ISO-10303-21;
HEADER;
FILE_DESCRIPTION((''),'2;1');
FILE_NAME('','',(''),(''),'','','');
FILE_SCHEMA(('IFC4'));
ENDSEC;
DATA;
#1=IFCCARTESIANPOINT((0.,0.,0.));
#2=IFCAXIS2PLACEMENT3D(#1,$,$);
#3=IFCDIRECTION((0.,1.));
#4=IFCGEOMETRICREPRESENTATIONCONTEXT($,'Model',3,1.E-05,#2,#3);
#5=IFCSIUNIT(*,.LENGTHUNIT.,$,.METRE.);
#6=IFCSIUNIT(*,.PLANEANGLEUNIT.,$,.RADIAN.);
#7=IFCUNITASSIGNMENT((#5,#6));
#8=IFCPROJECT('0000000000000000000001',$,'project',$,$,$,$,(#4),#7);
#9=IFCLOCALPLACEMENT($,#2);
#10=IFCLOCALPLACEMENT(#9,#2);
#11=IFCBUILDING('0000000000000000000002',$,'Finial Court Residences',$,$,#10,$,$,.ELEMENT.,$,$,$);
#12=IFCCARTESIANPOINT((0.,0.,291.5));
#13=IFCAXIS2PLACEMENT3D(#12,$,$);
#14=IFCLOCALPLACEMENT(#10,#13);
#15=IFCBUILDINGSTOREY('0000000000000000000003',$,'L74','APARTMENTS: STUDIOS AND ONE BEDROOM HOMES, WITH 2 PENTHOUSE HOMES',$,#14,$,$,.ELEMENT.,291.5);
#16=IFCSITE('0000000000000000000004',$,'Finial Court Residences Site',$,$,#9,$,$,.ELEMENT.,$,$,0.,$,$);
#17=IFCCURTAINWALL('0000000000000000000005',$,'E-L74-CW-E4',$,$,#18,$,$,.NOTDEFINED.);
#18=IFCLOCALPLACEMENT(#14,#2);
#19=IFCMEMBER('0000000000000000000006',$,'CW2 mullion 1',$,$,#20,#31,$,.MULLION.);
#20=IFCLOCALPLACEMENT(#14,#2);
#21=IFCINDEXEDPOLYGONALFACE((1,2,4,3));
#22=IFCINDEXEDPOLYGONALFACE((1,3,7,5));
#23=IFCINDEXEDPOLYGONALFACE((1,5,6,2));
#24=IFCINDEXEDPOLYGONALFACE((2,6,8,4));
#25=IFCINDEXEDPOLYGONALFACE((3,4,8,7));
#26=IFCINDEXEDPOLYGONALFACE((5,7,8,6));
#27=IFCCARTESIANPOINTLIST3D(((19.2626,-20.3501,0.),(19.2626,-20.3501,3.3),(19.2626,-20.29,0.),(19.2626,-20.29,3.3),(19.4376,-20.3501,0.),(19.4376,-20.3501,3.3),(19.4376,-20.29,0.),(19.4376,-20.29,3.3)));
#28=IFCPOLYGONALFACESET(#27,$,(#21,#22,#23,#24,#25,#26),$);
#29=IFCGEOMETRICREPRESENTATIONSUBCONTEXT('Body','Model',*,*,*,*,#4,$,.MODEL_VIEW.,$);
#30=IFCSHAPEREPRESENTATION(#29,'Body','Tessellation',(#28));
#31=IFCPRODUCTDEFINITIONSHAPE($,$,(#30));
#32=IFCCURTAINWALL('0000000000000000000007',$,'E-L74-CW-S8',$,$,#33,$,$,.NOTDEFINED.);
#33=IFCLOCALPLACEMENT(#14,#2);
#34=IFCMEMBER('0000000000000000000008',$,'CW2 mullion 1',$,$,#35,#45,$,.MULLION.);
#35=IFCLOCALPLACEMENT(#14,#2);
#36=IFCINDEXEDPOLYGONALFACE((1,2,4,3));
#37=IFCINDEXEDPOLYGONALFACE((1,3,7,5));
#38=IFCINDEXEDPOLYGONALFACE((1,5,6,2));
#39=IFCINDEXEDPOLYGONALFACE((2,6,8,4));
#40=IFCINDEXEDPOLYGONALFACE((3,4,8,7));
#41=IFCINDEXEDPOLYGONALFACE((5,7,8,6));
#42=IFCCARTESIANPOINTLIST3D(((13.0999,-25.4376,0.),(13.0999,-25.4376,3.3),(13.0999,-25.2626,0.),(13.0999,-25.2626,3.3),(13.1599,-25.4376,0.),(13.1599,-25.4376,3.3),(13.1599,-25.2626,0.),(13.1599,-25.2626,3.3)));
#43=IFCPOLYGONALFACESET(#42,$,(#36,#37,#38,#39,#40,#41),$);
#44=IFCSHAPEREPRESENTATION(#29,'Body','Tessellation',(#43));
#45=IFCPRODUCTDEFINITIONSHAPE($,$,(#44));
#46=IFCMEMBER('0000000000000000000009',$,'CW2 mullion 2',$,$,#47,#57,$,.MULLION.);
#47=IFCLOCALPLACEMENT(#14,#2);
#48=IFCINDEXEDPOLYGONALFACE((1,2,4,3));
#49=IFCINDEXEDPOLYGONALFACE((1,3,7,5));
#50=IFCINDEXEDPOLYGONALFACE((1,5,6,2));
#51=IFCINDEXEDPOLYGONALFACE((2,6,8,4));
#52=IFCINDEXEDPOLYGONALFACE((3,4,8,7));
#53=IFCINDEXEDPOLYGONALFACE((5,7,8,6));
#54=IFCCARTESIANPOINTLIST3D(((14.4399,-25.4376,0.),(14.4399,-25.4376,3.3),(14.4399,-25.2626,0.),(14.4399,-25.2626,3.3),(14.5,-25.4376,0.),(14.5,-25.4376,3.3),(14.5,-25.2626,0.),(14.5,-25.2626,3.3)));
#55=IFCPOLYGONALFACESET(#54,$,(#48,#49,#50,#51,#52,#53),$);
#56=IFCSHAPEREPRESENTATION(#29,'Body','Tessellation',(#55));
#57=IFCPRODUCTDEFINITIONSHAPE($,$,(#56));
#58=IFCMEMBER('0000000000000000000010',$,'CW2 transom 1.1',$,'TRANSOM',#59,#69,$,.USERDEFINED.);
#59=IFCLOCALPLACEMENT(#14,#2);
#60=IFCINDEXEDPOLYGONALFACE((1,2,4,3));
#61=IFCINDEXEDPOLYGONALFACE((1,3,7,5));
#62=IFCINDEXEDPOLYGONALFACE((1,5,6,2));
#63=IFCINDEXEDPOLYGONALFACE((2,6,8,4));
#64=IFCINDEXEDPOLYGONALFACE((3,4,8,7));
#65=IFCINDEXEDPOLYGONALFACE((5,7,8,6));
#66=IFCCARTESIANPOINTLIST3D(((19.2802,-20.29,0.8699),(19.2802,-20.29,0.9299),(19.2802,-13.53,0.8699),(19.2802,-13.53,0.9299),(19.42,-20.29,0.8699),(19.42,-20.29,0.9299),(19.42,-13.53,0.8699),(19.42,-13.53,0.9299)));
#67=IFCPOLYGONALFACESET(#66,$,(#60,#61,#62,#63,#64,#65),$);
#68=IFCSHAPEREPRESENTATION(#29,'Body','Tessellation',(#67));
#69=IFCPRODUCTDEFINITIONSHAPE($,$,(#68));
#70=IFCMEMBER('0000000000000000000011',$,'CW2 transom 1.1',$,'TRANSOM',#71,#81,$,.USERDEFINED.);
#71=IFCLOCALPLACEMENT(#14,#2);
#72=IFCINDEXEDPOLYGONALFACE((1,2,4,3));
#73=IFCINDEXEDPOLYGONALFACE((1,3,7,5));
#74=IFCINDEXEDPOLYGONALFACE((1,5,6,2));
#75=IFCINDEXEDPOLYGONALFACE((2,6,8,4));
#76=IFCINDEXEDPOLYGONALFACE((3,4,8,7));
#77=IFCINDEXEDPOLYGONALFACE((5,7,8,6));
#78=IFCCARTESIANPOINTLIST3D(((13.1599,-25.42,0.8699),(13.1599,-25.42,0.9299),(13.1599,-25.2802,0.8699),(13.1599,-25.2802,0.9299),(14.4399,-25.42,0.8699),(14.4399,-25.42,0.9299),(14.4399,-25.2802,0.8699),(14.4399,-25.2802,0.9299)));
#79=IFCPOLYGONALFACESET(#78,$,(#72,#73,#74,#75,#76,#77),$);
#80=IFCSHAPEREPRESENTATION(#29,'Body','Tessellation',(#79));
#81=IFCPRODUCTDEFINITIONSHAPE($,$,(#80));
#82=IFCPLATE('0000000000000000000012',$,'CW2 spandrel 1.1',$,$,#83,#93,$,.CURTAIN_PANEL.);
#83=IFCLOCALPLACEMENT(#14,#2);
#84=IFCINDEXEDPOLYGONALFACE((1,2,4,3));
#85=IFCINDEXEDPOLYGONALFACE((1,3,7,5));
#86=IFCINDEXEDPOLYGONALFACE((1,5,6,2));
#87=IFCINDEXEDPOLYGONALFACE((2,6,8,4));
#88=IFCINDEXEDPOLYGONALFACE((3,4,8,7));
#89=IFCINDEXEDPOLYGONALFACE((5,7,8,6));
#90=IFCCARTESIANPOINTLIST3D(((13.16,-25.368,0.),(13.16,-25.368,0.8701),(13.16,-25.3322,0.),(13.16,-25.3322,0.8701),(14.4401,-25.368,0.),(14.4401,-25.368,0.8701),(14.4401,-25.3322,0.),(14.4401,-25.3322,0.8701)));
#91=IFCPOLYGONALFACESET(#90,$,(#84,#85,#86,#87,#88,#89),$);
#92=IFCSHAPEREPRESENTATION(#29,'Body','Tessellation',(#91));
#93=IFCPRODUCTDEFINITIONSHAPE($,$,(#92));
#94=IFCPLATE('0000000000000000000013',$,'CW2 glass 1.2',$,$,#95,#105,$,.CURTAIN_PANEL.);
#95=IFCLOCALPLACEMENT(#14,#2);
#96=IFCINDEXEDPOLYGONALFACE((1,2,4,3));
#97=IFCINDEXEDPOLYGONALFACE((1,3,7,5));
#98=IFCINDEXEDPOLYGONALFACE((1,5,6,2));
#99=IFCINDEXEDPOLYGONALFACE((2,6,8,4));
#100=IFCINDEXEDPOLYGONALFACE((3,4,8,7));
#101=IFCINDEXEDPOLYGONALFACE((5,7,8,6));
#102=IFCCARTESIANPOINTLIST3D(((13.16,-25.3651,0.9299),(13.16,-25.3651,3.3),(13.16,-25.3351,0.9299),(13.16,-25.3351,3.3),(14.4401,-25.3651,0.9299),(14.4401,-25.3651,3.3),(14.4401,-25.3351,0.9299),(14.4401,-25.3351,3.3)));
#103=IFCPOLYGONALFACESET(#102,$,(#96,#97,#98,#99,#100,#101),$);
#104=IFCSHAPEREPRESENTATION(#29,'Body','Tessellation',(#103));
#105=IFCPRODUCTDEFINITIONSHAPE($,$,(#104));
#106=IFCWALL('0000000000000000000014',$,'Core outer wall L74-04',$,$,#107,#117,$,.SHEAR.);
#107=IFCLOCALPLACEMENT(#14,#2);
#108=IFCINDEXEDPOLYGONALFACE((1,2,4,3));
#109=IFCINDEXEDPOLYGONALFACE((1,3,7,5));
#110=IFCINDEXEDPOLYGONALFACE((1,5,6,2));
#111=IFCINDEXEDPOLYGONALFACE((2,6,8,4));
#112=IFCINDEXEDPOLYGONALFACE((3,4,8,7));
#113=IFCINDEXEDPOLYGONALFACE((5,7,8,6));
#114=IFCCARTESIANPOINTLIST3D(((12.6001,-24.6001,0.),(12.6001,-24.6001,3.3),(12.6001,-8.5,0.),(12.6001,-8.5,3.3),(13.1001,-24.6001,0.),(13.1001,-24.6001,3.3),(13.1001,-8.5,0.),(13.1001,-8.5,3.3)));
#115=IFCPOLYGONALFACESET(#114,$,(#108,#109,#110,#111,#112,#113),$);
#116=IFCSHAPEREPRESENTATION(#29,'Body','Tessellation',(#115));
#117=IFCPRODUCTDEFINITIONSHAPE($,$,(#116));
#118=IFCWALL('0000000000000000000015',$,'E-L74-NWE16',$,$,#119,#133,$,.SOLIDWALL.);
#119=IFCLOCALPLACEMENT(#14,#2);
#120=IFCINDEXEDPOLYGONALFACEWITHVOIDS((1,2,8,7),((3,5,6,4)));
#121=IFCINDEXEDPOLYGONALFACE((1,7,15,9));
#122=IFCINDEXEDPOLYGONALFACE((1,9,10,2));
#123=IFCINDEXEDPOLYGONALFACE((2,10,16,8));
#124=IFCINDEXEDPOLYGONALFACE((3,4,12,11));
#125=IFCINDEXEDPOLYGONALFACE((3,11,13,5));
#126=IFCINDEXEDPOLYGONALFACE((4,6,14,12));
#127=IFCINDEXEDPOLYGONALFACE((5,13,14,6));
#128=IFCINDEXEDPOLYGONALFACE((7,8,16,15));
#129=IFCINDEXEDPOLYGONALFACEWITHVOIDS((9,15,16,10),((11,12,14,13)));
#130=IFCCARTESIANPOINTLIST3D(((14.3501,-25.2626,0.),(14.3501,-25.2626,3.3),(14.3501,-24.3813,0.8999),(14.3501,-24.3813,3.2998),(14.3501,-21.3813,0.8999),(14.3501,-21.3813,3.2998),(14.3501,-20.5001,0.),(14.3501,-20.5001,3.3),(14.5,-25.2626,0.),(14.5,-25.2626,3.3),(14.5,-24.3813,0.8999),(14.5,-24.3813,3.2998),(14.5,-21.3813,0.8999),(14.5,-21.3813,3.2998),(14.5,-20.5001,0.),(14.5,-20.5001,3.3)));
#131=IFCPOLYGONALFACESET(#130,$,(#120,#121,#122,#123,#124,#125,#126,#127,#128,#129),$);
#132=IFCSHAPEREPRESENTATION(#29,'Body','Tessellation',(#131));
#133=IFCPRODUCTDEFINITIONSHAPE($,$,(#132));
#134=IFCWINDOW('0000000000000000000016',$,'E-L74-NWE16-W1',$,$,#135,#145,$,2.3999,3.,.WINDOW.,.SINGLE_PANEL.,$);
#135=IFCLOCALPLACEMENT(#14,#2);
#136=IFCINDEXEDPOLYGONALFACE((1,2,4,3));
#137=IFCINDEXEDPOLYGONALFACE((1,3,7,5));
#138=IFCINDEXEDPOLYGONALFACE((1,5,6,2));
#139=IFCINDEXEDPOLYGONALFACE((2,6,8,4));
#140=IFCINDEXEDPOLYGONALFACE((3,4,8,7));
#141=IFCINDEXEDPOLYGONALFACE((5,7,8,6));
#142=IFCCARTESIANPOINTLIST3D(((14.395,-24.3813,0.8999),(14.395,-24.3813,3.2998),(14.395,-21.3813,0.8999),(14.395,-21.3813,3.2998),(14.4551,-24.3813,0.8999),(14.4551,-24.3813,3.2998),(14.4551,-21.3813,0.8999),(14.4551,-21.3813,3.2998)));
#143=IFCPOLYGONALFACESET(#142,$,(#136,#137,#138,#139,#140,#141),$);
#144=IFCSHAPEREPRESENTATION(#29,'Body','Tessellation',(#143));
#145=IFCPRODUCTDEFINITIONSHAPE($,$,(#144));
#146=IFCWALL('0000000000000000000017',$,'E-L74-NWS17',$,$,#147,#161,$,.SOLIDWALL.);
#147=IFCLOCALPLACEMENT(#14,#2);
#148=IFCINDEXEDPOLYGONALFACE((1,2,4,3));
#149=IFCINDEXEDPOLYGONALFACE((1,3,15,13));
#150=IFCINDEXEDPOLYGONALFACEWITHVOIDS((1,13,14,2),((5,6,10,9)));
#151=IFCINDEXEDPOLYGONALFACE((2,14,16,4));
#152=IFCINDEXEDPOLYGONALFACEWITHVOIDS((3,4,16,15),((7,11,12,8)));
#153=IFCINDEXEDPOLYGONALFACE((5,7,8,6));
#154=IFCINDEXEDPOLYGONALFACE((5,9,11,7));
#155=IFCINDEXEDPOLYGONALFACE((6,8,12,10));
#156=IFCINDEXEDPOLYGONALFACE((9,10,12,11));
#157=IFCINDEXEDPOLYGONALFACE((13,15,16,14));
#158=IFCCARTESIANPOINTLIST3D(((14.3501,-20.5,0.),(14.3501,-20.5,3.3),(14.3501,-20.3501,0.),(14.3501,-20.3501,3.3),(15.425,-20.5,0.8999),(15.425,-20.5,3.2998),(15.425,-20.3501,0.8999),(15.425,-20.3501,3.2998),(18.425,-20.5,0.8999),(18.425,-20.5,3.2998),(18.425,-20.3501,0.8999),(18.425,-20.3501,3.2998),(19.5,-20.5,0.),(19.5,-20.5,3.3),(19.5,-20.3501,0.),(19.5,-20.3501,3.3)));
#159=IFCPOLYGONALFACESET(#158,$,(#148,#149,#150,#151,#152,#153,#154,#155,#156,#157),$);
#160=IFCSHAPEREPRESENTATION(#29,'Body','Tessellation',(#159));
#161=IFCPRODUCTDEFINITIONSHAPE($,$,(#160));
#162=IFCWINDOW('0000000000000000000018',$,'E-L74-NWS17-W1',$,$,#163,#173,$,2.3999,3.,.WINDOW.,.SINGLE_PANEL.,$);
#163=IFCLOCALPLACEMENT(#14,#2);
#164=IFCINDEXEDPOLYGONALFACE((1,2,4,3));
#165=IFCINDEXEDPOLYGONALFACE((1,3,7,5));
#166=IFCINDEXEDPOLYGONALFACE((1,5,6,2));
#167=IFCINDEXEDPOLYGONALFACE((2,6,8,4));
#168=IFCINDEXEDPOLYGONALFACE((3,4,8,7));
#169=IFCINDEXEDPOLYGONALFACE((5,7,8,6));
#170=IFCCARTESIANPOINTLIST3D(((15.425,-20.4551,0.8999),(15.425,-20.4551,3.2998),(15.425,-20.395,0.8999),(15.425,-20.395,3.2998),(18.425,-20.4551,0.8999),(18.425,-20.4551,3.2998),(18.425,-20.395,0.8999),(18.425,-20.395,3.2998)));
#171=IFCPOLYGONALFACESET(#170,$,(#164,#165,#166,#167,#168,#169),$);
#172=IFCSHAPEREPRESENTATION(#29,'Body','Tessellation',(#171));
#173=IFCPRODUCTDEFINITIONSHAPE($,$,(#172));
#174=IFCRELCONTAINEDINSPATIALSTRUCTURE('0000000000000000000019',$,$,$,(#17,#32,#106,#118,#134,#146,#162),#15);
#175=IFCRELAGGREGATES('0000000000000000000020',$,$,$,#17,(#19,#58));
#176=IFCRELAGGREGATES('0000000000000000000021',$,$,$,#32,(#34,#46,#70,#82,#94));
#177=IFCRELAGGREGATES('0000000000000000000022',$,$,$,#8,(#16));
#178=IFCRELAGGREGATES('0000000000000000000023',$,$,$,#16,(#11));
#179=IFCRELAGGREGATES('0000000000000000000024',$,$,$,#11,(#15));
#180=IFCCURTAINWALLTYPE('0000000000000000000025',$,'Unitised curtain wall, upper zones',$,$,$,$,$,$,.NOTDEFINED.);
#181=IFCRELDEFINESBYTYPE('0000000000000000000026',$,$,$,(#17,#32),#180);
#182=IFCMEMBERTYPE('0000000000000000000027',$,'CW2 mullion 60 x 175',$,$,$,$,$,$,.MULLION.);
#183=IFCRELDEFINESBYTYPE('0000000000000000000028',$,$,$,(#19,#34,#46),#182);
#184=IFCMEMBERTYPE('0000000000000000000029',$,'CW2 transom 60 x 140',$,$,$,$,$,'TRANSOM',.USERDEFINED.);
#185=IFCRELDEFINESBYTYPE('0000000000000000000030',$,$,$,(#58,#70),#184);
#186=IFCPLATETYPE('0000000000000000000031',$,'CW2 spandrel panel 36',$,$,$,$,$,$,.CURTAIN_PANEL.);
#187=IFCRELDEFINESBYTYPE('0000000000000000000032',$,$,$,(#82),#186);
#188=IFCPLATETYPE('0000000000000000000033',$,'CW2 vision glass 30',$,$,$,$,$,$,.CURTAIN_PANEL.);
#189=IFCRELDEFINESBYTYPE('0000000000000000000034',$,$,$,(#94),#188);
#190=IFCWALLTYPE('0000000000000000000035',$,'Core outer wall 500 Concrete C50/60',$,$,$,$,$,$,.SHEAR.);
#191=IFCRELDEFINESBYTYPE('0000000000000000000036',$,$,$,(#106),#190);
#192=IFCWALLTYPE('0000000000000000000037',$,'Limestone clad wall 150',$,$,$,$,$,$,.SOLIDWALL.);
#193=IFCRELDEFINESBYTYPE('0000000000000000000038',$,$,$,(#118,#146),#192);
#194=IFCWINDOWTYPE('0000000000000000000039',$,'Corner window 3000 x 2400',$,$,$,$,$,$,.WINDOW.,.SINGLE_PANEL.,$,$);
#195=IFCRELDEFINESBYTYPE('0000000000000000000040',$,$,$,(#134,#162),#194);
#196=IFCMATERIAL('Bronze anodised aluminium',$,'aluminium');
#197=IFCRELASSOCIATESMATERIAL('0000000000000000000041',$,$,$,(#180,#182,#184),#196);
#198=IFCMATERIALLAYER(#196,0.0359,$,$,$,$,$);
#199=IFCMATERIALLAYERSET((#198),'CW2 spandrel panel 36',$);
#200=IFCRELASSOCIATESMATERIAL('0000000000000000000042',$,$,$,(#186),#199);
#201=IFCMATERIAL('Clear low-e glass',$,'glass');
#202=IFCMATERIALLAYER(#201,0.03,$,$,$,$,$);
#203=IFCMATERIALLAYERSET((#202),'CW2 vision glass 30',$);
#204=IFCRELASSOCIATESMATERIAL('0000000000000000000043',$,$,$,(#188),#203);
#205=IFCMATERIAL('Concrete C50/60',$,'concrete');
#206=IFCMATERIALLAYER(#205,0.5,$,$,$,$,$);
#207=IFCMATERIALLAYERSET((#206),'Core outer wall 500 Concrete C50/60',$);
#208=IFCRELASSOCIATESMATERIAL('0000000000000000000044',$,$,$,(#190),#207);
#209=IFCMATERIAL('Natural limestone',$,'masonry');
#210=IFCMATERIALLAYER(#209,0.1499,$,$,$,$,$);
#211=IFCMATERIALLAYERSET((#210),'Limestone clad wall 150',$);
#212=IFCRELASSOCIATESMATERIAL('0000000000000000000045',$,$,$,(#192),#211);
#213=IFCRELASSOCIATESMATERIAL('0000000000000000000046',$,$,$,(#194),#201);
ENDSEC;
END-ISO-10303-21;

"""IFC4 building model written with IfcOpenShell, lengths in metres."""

from ifc_helpers import new_model, si_unit, direction, frame, frame_2d, origin, origin_2d, place, context, subcontext, project, spatial, rectangle, extrude, material, layer, layer_set, material_profile, profile_set, type_object, element, fill, aggregate, save


model = new_model("IFC4")

# Units and contexts
model_context = context("Model", 3, precision=1e-05, world=origin(), true_north=direction((0.0, 1.0)))
body_context = subcontext(model_context, "Body", "Model", "MODEL_VIEW")
ifc_project = project(units=[si_unit("LENGTHUNIT", "METRE"), si_unit("PLANEANGLEUNIT", "RADIAN")], contexts=[model_context])

# Site, building, storey
site_placement = place(None, origin())
site = spatial("IfcSite", under=ifc_project, at=site_placement, Name="Finial Court Residences Site", CompositionType="ELEMENT", RefElevation=0.0)
building_placement = place(site_placement, origin())
building = spatial("IfcBuilding", under=site, at=building_placement, Name="Finial Court Residences", CompositionType="ELEMENT")
storey_placement = place(building_placement, frame((0.0, 0.0, 291.5)))
storey = spatial("IfcBuildingStorey", under=building, at=storey_placement, Name="L74", Description="APARTMENTS: STUDIOS AND ONE BEDROOM HOMES, WITH 2 PENTHOUSE HOMES", CompositionType="ELEMENT", Elevation=291.5)

# Curtain wall, member
ifc_material_1 = material(Name="Bronze anodised aluminium", Category="aluminium")
curtain_wall_type = type_object("IfcCurtainWallType", Name="Unitised curtain wall, upper zones", PredefinedType="NOTDEFINED", material=ifc_material_1)
curtain_wall_1_placement = place(storey_placement, origin())
curtain_wall_1 = element("IfcCurtainWall", 1, at=curtain_wall_1_placement, inside=storey, type_object=curtain_wall_type, Name="E-L74-CW-E4", PredefinedType="NOTDEFINED")
ifc_material_profile_1 = material_profile(ifc_material_1, rectangle(XDim=0.175, YDim=0.0601, at=origin_2d()), Name="CW2 mullion 60 x 175")
ifc_profile_set_1 = profile_set([ifc_material_profile_1], Name="Bronze anodised aluminium")
member_type_1 = type_object("IfcMemberType", Name="CW2 mullion 60 x 175", PredefinedType="MULLION", material=ifc_profile_set_1)
member_1_placement = place(storey_placement, frame((19.3501, -20.3201, 0.0), z_axis=(0.0, 0.0, 1.0), x_axis=(-1.0, 0.0, 0.0)))
member_1 = element("IfcMember", 2, at=member_1_placement, type_object=member_type_1, Name="CW2 mullion 1", PredefinedType="MULLION", context=body_context, shape_type="SweptSolid", body=[
    extrude(rectangle(XDim=0.175, YDim=0.0601, at=origin_2d()), origin(), (0.0, 0.0, 1.0), 3.3),
])

# Curtain wall, members
curtain_wall_2_placement = place(storey_placement, origin())
curtain_wall_2 = element("IfcCurtainWall", 3, at=curtain_wall_2_placement, inside=storey, type_object=curtain_wall_type, Name="E-L74-CW-S8", PredefinedType="NOTDEFINED")
member_2_placement = place(storey_placement, frame((13.1299, -25.3501, 0.0), z_axis=(0.0, 0.0, 1.0), x_axis=(0.0, 1.0, 0.0)))
member_2 = element("IfcMember", 4, at=member_2_placement, type_object=member_type_1, Name="CW2 mullion 1", PredefinedType="MULLION", context=body_context, shape_type="SweptSolid", body=[
    extrude(rectangle(XDim=0.175, YDim=0.0601, at=origin_2d()), origin(), (0.0, 0.0, 1.0), 3.3),
])
member_3_placement = place(storey_placement, frame((14.47, -25.3501, 0.0), z_axis=(0.0, 0.0, 1.0), x_axis=(0.0, 1.0, 0.0)))
member_3 = element("IfcMember", 5, at=member_3_placement, type_object=member_type_1, Name="CW2 mullion 2", PredefinedType="MULLION", context=body_context, shape_type="SweptSolid", body=[
    extrude(rectangle(XDim=0.175, YDim=0.0601, at=origin_2d()), origin(), (0.0, 0.0, 1.0), 3.3),
])

# Members
ifc_material_profile_2 = material_profile(ifc_material_1, rectangle(XDim=0.1399, YDim=0.0601, at=origin_2d()), Name="CW2 transom 60 x 140")
ifc_profile_set_2 = profile_set([ifc_material_profile_2], Name="Bronze anodised aluminium")
member_type_2 = type_object("IfcMemberType", Name="CW2 transom 60 x 140", ElementType="TRANSOM", PredefinedType="USERDEFINED", material=ifc_profile_set_2)
member_4_placement = place(storey_placement, frame((19.3501, -20.29, 0.8999), z_axis=(0.0, 1.0, 0.0), x_axis=(-1.0, 0.0, 0.0)))
member_4 = element("IfcMember", 6, at=member_4_placement, type_object=member_type_2, Name="CW2 transom 1.1", ObjectType="TRANSOM", PredefinedType="USERDEFINED", context=body_context, shape_type="SweptSolid", body=[
    extrude(rectangle(XDim=0.1399, YDim=0.0601, at=origin_2d()), origin(), (0.0, 0.0, 1.0), 6.76),
])
aggregate(curtain_wall_1, [member_1, member_4])
member_5_placement = place(storey_placement, frame((13.1599, -25.3501, 0.8999), z_axis=(1.0, 0.0, 0.0), x_axis=(0.0, 1.0, 0.0)))
member_5 = element("IfcMember", 7, at=member_5_placement, type_object=member_type_2, Name="CW2 transom 1.1", ObjectType="TRANSOM", PredefinedType="USERDEFINED", context=body_context, shape_type="SweptSolid", body=[
    extrude(rectangle(XDim=0.1399, YDim=0.0601, at=origin_2d()), origin(), (0.0, 0.0, 1.0), 1.28),
])

# Plates
ifc_layer_1 = layer(ifc_material_1, 0.0359)
ifc_layer_set_1 = layer_set([ifc_layer_1], Name="CW2 spandrel panel 36")
plate_type_1 = type_object("IfcPlateType", Name="CW2 spandrel panel 36", PredefinedType="CURTAIN_PANEL", material=ifc_layer_set_1)
plate_1_placement = place(storey_placement, frame((13.8, -25.3501, 0.0), z_axis=(0.0, 0.0, 1.0), x_axis=(1.0, 0.0, 0.0)))
plate_1 = element("IfcPlate", 8, at=plate_1_placement, type_object=plate_type_1, Name="CW2 spandrel 1.1", PredefinedType="CURTAIN_PANEL", context=body_context, shape_type="SweptSolid", body=[
    extrude(rectangle(XDim=1.28, YDim=0.0359, at=origin_2d()), origin(), (0.0, 0.0, 1.0), 0.8701),
])
ifc_material_2 = material(Name="Clear low-e glass", Category="glass")
ifc_layer_2 = layer(ifc_material_2, 0.03)
ifc_layer_set_2 = layer_set([ifc_layer_2], Name="CW2 vision glass 30")
plate_type_2 = type_object("IfcPlateType", Name="CW2 vision glass 30", PredefinedType="CURTAIN_PANEL", material=ifc_layer_set_2)
plate_2_placement = place(storey_placement, frame((13.8, -25.3501, 0.9299), z_axis=(0.0, 0.0, 1.0), x_axis=(1.0, 0.0, 0.0)))
plate_2 = element("IfcPlate", 9, at=plate_2_placement, type_object=plate_type_2, Name="CW2 glass 1.2", PredefinedType="CURTAIN_PANEL", context=body_context, shape_type="SweptSolid", body=[
    extrude(rectangle(XDim=1.28, YDim=0.03, at=origin_2d()), origin(), (0.0, 0.0, 1.0), 2.3701),
])
aggregate(curtain_wall_2, [member_2, member_3, member_5, plate_1, plate_2])

# Wall
ifc_material_3 = material(Name="Concrete C50/60", Category="concrete")
ifc_layer_3 = layer(ifc_material_3, 0.5)
ifc_layer_set_3 = layer_set([ifc_layer_3], Name="Core outer wall 500 Concrete C50/60")
wall_type_1 = type_object("IfcWallType", Name="Core outer wall 500 Concrete C50/60", PredefinedType="SHEAR", material=ifc_layer_set_3)
wall_1_placement = place(storey_placement, frame((12.8501, -24.6001, 0.0), z_axis=(0.0, 0.0, 1.0), x_axis=(0.0, 1.0, 0.0)))
element("IfcWall", 10, at=wall_1_placement, inside=storey, type_object=wall_type_1, Name="Core outer wall L74-04", PredefinedType="SHEAR", context=body_context, shape_type="SweptSolid", body=[
    extrude(rectangle(XDim=16.1001, YDim=0.5, at=frame_2d((8.05, 0.0))), origin(), (0.0, 0.0, 1.0), 3.3),
])

# Walls, openings, windows
ifc_material_4 = material(Name="Natural limestone", Category="masonry")
ifc_layer_4 = layer(ifc_material_4, 0.1499)
ifc_layer_set_4 = layer_set([ifc_layer_4], Name="Limestone clad wall 150")
wall_type_2 = type_object("IfcWallType", Name="Limestone clad wall 150", PredefinedType="SOLIDWALL", material=ifc_layer_set_4)
wall_2_placement = place(storey_placement, frame((14.425, -20.5, 0.0), z_axis=(0.0, 0.0, 1.0), x_axis=(0.0, -1.0, 0.0)))
wall_2 = element("IfcWall", 11, at=wall_2_placement, inside=storey, type_object=wall_type_2, Name="E-L74-NWE16", PredefinedType="SOLIDWALL", context=body_context, shape_type="SweptSolid", body=[
    extrude(rectangle(XDim=4.7625, YDim=0.1499, at=frame_2d((2.3813, 0.0))), origin(), (0.0, 0.0, 1.0), 3.3),
])
opening_1_placement = place(wall_2_placement, frame((0.8813, 0.0, 0.8999)))
opening_1 = element("IfcOpeningElement", 12, at=opening_1_placement, cuts=wall_2, PredefinedType="OPENING", context=body_context, shape_type="SweptSolid", body=[
    extrude(rectangle(XDim=3.0, YDim=2.3999, at=frame_2d((1.5, 1.2))), frame((0.0, 0.085, 0.0), z_axis=(0.0, -1.0, 0.0), x_axis=(1.0, 0.0, 0.0)), (0.0, 0.0, 1.0), 0.1699),
])
window_type = type_object("IfcWindowType", Name="Corner window 3000 x 2400", PartitioningType="SINGLE_PANEL", PredefinedType="WINDOW", material=ifc_material_2)
window_1_placement = place(opening_1_placement, origin())
window_1 = element("IfcWindow", 13, at=window_1_placement, inside=storey, type_object=window_type, Name="E-L74-NWE16-W1", OverallHeight=2.3999, OverallWidth=3.0, PartitioningType="SINGLE_PANEL", PredefinedType="WINDOW", context=body_context, shape_type="SweptSolid", body=[
    extrude(rectangle(XDim=3.0, YDim=2.3999, at=frame_2d((1.5, 1.2))), frame((0.0, 0.03, 0.0), z_axis=(0.0, -1.0, 0.0), x_axis=(1.0, 0.0, 0.0)), (0.0, 0.0, 1.0), 0.0601),
])
fill(opening_1, window_1)
wall_3_placement = place(storey_placement, frame((19.5, -20.425, 0.0), z_axis=(0.0, 0.0, 1.0), x_axis=(-1.0, 0.0, 0.0)))
wall_3 = element("IfcWall", 14, at=wall_3_placement, inside=storey, type_object=wall_type_2, Name="E-L74-NWS17", PredefinedType="SOLIDWALL", context=body_context, shape_type="SweptSolid", body=[
    extrude(rectangle(XDim=5.1499, YDim=0.1499, at=frame_2d((2.575, 0.0))), origin(), (0.0, 0.0, 1.0), 3.3),
])
opening_2_placement = place(wall_3_placement, frame((1.075, 0.0, 0.8999)))
opening_2 = element("IfcOpeningElement", 15, at=opening_2_placement, cuts=wall_3, PredefinedType="OPENING", context=body_context, shape_type="SweptSolid", body=[
    extrude(rectangle(XDim=3.0, YDim=2.3999, at=frame_2d((1.5, 1.2))), frame((0.0, 0.085, 0.0), z_axis=(0.0, -1.0, 0.0), x_axis=(1.0, 0.0, 0.0)), (0.0, 0.0, 1.0), 0.1699),
])
window_2_placement = place(opening_2_placement, origin())
window_2 = element("IfcWindow", 16, at=window_2_placement, inside=storey, type_object=window_type, Name="E-L74-NWS17-W1", OverallHeight=2.3999, OverallWidth=3.0, PartitioningType="SINGLE_PANEL", PredefinedType="WINDOW", context=body_context, shape_type="SweptSolid", body=[
    extrude(rectangle(XDim=3.0, YDim=2.3999, at=frame_2d((1.5, 1.2))), frame((0.0, 0.03, 0.0), z_axis=(0.0, -1.0, 0.0), x_axis=(1.0, 0.0, 0.0)), (0.0, 0.0, 1.0), 0.0601),
])
fill(opening_2, window_2)

save(model, "model.ifc")
